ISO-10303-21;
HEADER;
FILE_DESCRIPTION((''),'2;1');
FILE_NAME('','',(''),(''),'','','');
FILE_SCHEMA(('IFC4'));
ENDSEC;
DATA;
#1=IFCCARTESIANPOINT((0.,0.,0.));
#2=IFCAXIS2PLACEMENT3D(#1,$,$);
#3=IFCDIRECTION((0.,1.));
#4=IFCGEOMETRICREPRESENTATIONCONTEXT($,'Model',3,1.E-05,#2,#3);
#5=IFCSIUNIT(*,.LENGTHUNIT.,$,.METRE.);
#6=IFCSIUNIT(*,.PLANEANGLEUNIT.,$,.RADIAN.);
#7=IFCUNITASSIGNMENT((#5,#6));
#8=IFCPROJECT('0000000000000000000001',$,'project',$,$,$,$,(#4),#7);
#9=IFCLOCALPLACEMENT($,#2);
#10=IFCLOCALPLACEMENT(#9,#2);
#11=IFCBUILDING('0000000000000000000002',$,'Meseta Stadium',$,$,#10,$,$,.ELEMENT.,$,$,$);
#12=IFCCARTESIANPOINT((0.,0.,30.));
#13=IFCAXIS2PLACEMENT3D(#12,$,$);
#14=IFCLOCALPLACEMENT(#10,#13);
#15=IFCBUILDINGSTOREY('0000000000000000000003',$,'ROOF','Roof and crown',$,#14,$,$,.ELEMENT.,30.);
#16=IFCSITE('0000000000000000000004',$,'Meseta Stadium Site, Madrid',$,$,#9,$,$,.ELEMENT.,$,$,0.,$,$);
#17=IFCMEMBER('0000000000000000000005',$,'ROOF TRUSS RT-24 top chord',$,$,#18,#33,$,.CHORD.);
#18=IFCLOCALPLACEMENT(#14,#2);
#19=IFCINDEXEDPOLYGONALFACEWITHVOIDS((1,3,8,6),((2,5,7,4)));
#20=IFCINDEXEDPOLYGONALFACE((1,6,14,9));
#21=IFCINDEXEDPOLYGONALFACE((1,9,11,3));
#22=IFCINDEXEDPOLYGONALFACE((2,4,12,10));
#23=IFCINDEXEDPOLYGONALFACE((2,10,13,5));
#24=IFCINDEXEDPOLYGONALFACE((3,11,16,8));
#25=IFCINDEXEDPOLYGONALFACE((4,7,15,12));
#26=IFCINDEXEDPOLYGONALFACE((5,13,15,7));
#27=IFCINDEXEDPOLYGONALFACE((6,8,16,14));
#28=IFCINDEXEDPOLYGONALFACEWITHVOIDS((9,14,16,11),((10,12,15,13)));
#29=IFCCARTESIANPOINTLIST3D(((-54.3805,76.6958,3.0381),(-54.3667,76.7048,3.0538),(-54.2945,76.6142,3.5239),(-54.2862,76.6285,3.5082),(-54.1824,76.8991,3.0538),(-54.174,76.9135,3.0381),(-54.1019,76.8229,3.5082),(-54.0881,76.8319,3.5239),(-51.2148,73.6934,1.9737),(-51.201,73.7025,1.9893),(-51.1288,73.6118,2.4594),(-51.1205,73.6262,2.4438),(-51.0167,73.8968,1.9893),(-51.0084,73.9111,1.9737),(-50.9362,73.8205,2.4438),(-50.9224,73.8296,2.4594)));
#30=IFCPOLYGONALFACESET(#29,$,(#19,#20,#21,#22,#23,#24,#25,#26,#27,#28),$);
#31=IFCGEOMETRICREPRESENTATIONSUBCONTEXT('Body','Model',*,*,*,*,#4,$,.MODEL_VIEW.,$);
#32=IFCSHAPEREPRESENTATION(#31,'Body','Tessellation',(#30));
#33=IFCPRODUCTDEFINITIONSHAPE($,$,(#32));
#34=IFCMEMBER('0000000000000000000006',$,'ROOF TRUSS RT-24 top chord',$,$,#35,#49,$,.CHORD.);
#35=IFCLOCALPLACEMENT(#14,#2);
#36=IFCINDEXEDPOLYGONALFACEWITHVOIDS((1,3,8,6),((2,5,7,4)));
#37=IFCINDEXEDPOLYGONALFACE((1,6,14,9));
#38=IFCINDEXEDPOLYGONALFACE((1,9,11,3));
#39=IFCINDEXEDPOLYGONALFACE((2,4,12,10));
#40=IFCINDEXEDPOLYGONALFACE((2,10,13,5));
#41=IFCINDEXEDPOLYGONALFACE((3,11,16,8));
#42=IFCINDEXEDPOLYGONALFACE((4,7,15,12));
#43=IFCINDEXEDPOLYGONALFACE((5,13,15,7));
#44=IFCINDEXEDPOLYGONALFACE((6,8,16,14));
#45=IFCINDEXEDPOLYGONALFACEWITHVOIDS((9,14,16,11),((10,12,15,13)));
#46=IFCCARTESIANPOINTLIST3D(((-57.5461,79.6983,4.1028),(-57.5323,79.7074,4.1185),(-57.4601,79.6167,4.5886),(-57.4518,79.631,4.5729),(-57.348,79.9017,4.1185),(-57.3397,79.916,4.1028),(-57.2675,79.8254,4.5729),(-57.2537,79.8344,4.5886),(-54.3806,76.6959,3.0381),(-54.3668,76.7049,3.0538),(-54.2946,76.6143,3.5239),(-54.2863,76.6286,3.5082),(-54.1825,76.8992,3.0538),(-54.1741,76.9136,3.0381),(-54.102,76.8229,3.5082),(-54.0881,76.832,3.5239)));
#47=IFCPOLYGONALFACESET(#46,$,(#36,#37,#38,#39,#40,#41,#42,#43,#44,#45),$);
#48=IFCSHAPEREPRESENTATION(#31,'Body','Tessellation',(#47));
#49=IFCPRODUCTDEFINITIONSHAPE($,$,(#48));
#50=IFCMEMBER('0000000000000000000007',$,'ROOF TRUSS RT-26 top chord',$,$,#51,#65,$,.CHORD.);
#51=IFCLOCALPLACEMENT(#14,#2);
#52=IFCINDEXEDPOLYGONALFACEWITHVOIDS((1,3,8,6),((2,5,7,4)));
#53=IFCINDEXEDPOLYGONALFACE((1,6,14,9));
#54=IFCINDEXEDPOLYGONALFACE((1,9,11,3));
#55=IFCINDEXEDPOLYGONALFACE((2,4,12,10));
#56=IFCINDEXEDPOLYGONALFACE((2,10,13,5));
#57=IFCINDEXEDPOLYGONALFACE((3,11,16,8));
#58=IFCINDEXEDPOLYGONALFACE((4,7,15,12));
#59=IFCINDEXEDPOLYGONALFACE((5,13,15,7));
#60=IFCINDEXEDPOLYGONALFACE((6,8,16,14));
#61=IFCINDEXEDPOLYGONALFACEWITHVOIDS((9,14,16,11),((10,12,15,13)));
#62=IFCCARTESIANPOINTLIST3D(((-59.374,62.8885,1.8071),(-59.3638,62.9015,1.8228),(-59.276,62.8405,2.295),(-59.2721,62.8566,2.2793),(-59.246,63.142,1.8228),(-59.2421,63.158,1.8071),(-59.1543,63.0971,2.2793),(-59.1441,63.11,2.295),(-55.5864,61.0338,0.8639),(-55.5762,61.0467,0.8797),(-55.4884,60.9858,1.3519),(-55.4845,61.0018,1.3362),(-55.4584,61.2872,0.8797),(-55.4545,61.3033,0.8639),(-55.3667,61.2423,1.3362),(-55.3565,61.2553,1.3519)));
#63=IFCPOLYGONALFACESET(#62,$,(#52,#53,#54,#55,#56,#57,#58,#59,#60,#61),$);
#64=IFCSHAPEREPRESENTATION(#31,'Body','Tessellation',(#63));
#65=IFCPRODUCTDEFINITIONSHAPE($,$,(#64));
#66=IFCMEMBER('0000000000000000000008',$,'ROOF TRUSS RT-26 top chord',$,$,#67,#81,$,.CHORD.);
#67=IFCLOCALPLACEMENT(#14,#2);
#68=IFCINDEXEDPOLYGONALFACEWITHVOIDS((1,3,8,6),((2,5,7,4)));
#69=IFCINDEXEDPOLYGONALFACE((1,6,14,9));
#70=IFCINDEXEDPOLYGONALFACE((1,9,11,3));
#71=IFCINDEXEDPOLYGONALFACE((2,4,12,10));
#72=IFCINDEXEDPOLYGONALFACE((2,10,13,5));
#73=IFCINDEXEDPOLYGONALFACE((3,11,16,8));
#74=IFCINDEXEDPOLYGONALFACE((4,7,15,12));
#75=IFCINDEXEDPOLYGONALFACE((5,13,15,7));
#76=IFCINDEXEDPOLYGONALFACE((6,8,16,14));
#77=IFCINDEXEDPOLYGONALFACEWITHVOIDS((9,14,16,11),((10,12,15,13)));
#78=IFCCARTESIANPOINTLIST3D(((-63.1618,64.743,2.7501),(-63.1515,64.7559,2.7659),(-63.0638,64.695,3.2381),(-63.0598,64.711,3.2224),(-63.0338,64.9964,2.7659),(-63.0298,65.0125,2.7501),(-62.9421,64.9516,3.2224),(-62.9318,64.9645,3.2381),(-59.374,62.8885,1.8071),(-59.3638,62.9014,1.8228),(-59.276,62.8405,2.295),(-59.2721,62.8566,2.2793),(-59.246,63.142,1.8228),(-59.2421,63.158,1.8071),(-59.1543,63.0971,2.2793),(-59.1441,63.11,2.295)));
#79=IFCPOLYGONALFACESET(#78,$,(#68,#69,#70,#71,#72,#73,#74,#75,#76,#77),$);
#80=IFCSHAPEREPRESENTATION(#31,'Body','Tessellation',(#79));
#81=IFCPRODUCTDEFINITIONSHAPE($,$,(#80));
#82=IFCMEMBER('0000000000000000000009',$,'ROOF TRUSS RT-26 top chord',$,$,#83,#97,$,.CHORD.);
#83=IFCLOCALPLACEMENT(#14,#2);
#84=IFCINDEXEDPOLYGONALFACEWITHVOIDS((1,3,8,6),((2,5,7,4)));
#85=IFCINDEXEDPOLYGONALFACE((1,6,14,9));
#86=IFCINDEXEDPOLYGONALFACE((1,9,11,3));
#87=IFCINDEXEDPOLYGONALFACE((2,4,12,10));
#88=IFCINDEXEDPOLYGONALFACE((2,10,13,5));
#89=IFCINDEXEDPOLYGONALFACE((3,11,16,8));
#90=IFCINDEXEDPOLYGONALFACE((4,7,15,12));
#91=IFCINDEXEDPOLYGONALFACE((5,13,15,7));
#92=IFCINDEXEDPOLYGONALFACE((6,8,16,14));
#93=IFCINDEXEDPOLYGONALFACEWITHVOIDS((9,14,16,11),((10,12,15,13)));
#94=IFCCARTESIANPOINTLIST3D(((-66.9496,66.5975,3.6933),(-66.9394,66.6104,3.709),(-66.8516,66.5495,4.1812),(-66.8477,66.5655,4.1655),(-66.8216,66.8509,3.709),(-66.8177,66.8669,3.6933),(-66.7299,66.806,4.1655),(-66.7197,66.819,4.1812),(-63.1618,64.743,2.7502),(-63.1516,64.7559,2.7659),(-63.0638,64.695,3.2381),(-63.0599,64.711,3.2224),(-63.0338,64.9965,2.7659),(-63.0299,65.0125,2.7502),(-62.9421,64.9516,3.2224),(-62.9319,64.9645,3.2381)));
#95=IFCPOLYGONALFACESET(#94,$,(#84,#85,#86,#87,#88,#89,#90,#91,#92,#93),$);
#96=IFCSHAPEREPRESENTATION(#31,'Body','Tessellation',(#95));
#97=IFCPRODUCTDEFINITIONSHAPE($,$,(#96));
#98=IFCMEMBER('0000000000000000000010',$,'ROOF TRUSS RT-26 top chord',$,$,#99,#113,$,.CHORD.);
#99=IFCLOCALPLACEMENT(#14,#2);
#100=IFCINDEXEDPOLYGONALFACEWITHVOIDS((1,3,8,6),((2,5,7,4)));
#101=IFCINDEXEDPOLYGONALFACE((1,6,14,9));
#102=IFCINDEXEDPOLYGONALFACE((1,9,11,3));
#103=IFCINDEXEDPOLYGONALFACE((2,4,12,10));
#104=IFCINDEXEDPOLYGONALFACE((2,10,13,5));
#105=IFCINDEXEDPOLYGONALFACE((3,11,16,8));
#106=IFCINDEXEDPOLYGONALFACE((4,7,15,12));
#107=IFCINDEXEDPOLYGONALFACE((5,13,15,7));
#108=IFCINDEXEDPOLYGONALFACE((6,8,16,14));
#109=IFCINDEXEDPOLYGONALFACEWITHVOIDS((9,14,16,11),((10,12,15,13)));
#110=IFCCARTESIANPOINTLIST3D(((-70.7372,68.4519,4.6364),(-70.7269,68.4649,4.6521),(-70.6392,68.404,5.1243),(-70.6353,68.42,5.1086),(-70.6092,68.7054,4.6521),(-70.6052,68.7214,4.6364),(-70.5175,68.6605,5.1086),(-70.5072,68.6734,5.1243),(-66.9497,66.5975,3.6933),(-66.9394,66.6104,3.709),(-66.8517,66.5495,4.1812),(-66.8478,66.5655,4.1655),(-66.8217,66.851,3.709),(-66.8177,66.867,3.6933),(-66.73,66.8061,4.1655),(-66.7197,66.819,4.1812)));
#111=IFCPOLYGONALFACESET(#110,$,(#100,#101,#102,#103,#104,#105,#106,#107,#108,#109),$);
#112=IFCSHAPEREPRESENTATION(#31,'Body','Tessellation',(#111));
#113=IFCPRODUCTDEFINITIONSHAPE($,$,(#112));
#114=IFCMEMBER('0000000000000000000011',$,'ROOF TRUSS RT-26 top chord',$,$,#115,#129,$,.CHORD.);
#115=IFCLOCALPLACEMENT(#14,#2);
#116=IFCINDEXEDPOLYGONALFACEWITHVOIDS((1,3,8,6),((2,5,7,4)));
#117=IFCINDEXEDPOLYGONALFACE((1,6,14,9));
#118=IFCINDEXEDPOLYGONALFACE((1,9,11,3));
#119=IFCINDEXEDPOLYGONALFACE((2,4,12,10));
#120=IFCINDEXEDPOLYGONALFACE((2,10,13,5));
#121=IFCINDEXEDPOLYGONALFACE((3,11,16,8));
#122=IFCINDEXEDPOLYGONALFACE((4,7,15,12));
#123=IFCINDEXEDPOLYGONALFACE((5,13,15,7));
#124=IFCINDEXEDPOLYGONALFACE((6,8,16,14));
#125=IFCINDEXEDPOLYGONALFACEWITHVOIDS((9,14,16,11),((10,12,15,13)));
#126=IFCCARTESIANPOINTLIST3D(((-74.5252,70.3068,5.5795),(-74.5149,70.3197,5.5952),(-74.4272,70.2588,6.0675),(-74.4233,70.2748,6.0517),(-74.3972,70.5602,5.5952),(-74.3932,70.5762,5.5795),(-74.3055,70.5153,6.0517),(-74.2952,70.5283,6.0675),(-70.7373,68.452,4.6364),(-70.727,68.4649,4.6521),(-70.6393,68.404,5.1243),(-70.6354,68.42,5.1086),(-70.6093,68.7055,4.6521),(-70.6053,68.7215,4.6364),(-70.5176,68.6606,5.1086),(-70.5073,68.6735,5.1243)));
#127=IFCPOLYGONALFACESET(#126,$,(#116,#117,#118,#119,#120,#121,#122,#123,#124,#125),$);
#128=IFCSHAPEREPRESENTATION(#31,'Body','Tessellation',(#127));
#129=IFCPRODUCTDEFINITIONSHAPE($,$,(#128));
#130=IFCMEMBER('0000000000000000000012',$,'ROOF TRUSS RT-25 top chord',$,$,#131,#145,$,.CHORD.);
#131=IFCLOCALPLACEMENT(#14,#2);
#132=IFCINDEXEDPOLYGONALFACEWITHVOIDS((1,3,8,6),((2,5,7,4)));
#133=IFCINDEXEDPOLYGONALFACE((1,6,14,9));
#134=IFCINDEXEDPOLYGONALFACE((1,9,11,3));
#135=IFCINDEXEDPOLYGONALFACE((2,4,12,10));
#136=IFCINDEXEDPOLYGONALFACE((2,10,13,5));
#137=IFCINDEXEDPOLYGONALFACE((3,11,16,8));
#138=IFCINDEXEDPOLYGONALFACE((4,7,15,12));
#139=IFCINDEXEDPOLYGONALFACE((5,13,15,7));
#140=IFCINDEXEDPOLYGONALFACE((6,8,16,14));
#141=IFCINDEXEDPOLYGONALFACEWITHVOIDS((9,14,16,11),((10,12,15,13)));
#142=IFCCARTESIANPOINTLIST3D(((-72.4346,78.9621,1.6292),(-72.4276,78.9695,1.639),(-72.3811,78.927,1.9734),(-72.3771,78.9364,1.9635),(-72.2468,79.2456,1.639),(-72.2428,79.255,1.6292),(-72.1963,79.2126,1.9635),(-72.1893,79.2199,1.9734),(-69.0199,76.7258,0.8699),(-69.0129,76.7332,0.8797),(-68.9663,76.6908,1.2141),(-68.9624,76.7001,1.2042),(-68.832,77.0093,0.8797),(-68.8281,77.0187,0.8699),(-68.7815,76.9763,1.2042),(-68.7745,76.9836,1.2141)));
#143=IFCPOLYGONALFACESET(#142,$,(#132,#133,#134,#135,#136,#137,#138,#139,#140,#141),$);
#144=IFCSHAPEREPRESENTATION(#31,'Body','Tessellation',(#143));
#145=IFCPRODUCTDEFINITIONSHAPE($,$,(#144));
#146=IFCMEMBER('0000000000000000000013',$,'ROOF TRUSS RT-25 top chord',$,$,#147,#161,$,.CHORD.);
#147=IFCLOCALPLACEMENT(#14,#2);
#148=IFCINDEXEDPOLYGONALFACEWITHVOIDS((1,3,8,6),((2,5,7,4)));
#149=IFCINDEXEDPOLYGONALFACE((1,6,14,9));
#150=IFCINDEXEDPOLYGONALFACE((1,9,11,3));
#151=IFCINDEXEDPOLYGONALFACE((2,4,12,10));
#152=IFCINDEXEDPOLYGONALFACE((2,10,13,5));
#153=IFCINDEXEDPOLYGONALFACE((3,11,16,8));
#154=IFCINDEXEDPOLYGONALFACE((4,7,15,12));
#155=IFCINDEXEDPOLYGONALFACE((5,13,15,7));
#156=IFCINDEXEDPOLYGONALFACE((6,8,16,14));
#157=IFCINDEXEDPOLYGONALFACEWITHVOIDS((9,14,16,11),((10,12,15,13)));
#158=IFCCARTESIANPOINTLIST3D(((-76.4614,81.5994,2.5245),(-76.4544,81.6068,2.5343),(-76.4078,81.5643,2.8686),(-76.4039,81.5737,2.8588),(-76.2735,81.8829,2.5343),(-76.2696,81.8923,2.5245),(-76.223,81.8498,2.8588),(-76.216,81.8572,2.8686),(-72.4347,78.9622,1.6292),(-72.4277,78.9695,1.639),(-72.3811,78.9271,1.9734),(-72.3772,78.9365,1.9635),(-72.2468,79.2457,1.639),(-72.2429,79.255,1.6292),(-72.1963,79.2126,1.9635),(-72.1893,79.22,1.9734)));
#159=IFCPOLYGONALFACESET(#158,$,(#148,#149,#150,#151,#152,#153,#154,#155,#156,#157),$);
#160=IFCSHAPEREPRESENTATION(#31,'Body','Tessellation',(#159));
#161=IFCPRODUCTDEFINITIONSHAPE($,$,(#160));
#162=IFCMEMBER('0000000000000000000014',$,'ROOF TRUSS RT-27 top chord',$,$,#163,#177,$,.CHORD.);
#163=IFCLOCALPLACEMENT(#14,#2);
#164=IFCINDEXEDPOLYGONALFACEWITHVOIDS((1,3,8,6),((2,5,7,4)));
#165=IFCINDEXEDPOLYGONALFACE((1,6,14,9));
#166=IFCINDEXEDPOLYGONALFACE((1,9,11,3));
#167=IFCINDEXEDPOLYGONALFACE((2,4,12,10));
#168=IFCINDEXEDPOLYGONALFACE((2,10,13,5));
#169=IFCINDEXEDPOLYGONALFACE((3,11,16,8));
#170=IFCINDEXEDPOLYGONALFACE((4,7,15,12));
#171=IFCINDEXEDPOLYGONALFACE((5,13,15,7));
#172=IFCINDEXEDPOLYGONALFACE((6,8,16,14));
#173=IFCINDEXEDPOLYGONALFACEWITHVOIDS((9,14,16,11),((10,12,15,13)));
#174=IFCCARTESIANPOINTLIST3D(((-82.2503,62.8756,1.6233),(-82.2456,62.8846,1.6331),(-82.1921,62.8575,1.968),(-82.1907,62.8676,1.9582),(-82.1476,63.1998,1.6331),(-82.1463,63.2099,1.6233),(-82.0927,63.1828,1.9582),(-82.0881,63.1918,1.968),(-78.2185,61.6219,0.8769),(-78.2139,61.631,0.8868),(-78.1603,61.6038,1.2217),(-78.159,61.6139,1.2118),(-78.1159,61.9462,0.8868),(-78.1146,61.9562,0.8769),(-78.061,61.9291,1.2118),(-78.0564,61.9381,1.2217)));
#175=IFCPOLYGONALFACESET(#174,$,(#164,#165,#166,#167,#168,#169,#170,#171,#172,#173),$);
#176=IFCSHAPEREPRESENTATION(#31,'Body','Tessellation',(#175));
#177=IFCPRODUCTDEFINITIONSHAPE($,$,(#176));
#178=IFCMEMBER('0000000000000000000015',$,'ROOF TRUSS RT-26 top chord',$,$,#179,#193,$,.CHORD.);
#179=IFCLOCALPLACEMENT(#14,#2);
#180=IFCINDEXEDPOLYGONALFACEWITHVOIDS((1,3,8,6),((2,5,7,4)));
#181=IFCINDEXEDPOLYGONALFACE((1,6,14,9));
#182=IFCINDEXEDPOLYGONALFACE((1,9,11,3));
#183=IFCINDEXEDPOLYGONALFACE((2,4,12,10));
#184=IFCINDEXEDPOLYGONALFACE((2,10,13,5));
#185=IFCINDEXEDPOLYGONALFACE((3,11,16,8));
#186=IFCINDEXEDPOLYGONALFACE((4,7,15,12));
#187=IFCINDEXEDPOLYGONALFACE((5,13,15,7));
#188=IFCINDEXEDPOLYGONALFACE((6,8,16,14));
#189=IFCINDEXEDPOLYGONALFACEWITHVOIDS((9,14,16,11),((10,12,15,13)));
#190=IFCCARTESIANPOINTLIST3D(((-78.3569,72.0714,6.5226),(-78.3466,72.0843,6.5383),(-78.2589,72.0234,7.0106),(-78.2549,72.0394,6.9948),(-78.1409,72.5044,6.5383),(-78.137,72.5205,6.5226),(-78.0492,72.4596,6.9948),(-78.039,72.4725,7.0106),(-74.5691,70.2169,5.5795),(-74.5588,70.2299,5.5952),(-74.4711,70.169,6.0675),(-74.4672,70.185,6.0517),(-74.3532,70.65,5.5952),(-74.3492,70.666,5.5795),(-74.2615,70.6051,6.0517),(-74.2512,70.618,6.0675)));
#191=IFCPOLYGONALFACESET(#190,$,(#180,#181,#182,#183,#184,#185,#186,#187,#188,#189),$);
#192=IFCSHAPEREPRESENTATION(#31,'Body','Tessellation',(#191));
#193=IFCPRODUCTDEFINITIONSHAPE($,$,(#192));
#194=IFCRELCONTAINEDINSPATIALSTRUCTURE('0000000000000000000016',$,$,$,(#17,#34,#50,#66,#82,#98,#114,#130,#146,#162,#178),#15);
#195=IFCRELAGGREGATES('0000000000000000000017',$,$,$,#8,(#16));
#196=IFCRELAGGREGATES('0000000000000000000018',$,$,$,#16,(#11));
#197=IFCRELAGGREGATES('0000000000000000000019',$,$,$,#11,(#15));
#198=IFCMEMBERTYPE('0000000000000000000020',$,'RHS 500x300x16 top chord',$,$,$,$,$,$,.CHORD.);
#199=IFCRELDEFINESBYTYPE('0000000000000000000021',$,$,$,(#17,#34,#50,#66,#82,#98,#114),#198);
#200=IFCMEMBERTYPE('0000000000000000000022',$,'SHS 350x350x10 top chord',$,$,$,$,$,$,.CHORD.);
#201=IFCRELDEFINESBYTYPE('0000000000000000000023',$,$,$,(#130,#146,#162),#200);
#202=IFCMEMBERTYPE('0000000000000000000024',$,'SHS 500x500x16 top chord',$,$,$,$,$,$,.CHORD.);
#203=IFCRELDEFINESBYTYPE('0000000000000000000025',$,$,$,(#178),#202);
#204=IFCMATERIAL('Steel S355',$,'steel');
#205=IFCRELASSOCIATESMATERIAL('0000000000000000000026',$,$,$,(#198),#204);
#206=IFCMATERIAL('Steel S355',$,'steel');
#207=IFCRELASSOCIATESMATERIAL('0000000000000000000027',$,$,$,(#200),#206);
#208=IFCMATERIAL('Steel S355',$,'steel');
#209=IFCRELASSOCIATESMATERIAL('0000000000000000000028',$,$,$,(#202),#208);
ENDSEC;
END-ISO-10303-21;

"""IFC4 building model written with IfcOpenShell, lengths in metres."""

from ifc_helpers import new_model, si_unit, direction, frame, origin, origin_2d, place, context, subcontext, project, spatial, hollow_rectangle, extrude, material, material_profile, profile_set, type_object, element, save


model = new_model("IFC4")

# Units and contexts
model_context = context("Model", 3, precision=1e-05, world=origin(), true_north=direction((0.0, 1.0)))
body_context = subcontext(model_context, "Body", "Model", "MODEL_VIEW")
ifc_project = project(units=[si_unit("LENGTHUNIT", "METRE"), si_unit("PLANEANGLEUNIT", "RADIAN")], contexts=[model_context])

# Site, building, storey
site_placement = place(None, origin())
site = spatial("IfcSite", under=ifc_project, at=site_placement, Name="Meseta Stadium Site, Madrid", CompositionType="ELEMENT", RefElevation=0.0)
building_placement = place(site_placement, origin())
building = spatial("IfcBuilding", under=site, at=building_placement, Name="Meseta Stadium", CompositionType="ELEMENT")
storey_placement = place(building_placement, frame((0.0, 0.0, 30.0)))
storey = spatial("IfcBuildingStorey", under=building, at=storey_placement, Name="ROOF", Description="Roof and crown", CompositionType="ELEMENT", Elevation=30.0)

# Members
ifc_material_1 = material(Name="Steel S355", Category="steel")
ifc_material_profile_1 = material_profile(ifc_material_1, hollow_rectangle(XDim=0.3, YDim=0.5, WallThickness=0.0161, at=origin_2d()), Name="RHS 500x300x16")
ifc_profile_set_1 = profile_set([ifc_material_profile_1], Name="Steel S355")
member_type_1 = type_object("IfcMemberType", Name="RHS 500x300x16 top chord", PredefinedType="CHORD", material=ifc_profile_set_1)
for number, where, z_axis, x_axis, name in (
    (1, (-51.0686, 73.7615, 2.2166), (-0.704902, 0.668534, 0.237015), (-0.688142, -0.725576, 0.0), "ROOF TRUSS RT-24 top chord"),
    (2, (-54.2344, 76.7639, 3.281), (-0.704865, 0.668551, 0.237075), (-0.68817, -0.72555, 0.0), "ROOF TRUSS RT-24 top chord"),
):
    element("IfcMember", number, at=place(storey_placement, frame(where, z_axis=z_axis, x_axis=x_axis)), inside=storey, type_object=member_type_1, Name=name, PredefinedType="CHORD", context=body_context, shape_type="SweptSolid", body=[
        extrude(hollow_rectangle(XDim=0.3, YDim=0.5, WallThickness=0.0161, at=origin_2d()), origin(), (0.0, 0.0, 1.0), 4.491),
    ])
for number, where, z_axis, x_axis, name in (
    (3, (-55.4714, 61.1445, 1.1079), (-0.876453, 0.429188, 0.218238), (-0.439788, -0.898101, 0.0), "ROOF TRUSS RT-26 top chord"),
    (4, (-59.259, 62.9993, 2.051), (-0.876488, 0.42912, 0.218232), (-0.439719, -0.898135, 0.0), "ROOF TRUSS RT-26 top chord"),
    (5, (-63.0469, 64.8538, 2.9941), (-0.876488, 0.42912, 0.218232), (-0.439719, -0.898135, 0.0), "ROOF TRUSS RT-26 top chord"),
):
    element("IfcMember", number, at=place(storey_placement, frame(where, z_axis=z_axis, x_axis=x_axis)), inside=storey, type_object=member_type_1, Name=name, PredefinedType="CHORD", context=body_context, shape_type="SweptSolid", body=[
        extrude(hollow_rectangle(XDim=0.3, YDim=0.5, WallThickness=0.0161, at=origin_2d()), origin(), (0.0, 0.0, 1.0), 4.3215),
    ])
member_1_placement = place(storey_placement, frame((-66.8347, 66.7083, 3.9373), z_axis=(-0.876475, 0.429141, 0.218243), x_axis=(-0.439742, -0.898124, 0.0)))
element("IfcMember", 6, at=member_1_placement, inside=storey, type_object=member_type_1, Name="ROOF TRUSS RT-26 top chord", PredefinedType="CHORD", context=body_context, shape_type="SweptSolid", body=[
    extrude(hollow_rectangle(XDim=0.3, YDim=0.5, WallThickness=0.0161, at=origin_2d()), origin(), (0.0, 0.0, 1.0), 4.3213),
])
member_2_placement = place(storey_placement, frame((-70.6223, 68.5627, 4.8804), z_axis=(-0.876466, 0.429166, 0.218227), x_axis=(-0.439765, -0.898113, 0.0)))
element("IfcMember", 7, at=member_2_placement, inside=storey, type_object=member_type_1, Name="ROOF TRUSS RT-26 top chord", PredefinedType="CHORD", context=body_context, shape_type="SweptSolid", body=[
    extrude(hollow_rectangle(XDim=0.3, YDim=0.5, WallThickness=0.0161, at=origin_2d()), origin(), (0.0, 0.0, 1.0), 4.3218),
])
ifc_material_2 = material(Name="Steel S355", Category="steel")
ifc_material_profile_2 = material_profile(ifc_material_2, hollow_rectangle(XDim=0.3501, YDim=0.3501, WallThickness=0.01, at=origin_2d()), Name="SHS 350x350x10")
ifc_profile_set_2 = profile_set([ifc_material_profile_2], Name="Steel S355")
member_type_2 = type_object("IfcMemberType", Name="SHS 350x350x10 top chord", PredefinedType="CHORD", material=ifc_profile_set_2)
member_3_placement = place(storey_placement, frame((-68.8972, 76.8547, 1.042), z_axis=(-0.82246, 0.538624, 0.182874), x_axis=(-0.547863, -0.836568, 0.0)))
element("IfcMember", 8, at=member_3_placement, inside=storey, type_object=member_type_2, Name="ROOF TRUSS RT-25 top chord", PredefinedType="CHORD", context=body_context, shape_type="SweptSolid", body=[
    extrude(hollow_rectangle(XDim=0.3501, YDim=0.3501, WallThickness=0.01, at=origin_2d()), origin(), (0.0, 0.0, 1.0), 4.1519),
])
member_4_placement = place(storey_placement, frame((-72.312, 79.0911, 1.8013), z_axis=(-0.822444, 0.538655, 0.182859), x_axis=(-0.547893, -0.836549, 0.0)))
element("IfcMember", 9, at=member_4_placement, inside=storey, type_object=member_type_2, Name="ROOF TRUSS RT-25 top chord", PredefinedType="CHORD", context=body_context, shape_type="SweptSolid", body=[
    extrude(hollow_rectangle(XDim=0.3501, YDim=0.3501, WallThickness=0.01, at=origin_2d()), origin(), (0.0, 0.0, 1.0), 4.896),
])
member_5_placement = place(storey_placement, frame((-78.1375, 61.78, 1.0493), z_axis=(-0.940323, 0.292392, 0.174068), x_axis=(-0.296925, -0.954901, 0.0)))
element("IfcMember", 10, at=member_5_placement, inside=storey, type_object=member_type_2, Name="ROOF TRUSS RT-27 top chord", PredefinedType="CHORD", context=body_context, shape_type="SweptSolid", body=[
    extrude(hollow_rectangle(XDim=0.3501, YDim=0.3501, WallThickness=0.01, at=origin_2d()), origin(), (0.0, 0.0, 1.0), 4.2876),
])
ifc_material_3 = material(Name="Steel S355", Category="steel")
ifc_material_profile_3 = material_profile(ifc_material_3, hollow_rectangle(XDim=0.5, YDim=0.5, WallThickness=0.0161, at=origin_2d()), Name="SHS 500x500x16")
ifc_profile_set_3 = profile_set([ifc_material_profile_3], Name="Steel S355")
member_type_3 = type_object("IfcMemberType", Name="SHS 500x500x16 top chord", PredefinedType="CHORD", material=ifc_profile_set_3)
member_6_placement = place(storey_placement, frame((-74.4102, 70.4175, 5.8235), z_axis=(-0.876488, 0.42912, 0.218232), x_axis=(-0.439719, -0.898135, 0.0)))
element("IfcMember", 11, at=member_6_placement, inside=storey, type_object=member_type_3, Name="ROOF TRUSS RT-26 top chord", PredefinedType="CHORD", context=body_context, shape_type="SweptSolid", body=[
    extrude(hollow_rectangle(XDim=0.5, YDim=0.5, WallThickness=0.0161, at=origin_2d()), origin(), (0.0, 0.0, 1.0), 4.3215),
])

save(model, "model.ifc")
